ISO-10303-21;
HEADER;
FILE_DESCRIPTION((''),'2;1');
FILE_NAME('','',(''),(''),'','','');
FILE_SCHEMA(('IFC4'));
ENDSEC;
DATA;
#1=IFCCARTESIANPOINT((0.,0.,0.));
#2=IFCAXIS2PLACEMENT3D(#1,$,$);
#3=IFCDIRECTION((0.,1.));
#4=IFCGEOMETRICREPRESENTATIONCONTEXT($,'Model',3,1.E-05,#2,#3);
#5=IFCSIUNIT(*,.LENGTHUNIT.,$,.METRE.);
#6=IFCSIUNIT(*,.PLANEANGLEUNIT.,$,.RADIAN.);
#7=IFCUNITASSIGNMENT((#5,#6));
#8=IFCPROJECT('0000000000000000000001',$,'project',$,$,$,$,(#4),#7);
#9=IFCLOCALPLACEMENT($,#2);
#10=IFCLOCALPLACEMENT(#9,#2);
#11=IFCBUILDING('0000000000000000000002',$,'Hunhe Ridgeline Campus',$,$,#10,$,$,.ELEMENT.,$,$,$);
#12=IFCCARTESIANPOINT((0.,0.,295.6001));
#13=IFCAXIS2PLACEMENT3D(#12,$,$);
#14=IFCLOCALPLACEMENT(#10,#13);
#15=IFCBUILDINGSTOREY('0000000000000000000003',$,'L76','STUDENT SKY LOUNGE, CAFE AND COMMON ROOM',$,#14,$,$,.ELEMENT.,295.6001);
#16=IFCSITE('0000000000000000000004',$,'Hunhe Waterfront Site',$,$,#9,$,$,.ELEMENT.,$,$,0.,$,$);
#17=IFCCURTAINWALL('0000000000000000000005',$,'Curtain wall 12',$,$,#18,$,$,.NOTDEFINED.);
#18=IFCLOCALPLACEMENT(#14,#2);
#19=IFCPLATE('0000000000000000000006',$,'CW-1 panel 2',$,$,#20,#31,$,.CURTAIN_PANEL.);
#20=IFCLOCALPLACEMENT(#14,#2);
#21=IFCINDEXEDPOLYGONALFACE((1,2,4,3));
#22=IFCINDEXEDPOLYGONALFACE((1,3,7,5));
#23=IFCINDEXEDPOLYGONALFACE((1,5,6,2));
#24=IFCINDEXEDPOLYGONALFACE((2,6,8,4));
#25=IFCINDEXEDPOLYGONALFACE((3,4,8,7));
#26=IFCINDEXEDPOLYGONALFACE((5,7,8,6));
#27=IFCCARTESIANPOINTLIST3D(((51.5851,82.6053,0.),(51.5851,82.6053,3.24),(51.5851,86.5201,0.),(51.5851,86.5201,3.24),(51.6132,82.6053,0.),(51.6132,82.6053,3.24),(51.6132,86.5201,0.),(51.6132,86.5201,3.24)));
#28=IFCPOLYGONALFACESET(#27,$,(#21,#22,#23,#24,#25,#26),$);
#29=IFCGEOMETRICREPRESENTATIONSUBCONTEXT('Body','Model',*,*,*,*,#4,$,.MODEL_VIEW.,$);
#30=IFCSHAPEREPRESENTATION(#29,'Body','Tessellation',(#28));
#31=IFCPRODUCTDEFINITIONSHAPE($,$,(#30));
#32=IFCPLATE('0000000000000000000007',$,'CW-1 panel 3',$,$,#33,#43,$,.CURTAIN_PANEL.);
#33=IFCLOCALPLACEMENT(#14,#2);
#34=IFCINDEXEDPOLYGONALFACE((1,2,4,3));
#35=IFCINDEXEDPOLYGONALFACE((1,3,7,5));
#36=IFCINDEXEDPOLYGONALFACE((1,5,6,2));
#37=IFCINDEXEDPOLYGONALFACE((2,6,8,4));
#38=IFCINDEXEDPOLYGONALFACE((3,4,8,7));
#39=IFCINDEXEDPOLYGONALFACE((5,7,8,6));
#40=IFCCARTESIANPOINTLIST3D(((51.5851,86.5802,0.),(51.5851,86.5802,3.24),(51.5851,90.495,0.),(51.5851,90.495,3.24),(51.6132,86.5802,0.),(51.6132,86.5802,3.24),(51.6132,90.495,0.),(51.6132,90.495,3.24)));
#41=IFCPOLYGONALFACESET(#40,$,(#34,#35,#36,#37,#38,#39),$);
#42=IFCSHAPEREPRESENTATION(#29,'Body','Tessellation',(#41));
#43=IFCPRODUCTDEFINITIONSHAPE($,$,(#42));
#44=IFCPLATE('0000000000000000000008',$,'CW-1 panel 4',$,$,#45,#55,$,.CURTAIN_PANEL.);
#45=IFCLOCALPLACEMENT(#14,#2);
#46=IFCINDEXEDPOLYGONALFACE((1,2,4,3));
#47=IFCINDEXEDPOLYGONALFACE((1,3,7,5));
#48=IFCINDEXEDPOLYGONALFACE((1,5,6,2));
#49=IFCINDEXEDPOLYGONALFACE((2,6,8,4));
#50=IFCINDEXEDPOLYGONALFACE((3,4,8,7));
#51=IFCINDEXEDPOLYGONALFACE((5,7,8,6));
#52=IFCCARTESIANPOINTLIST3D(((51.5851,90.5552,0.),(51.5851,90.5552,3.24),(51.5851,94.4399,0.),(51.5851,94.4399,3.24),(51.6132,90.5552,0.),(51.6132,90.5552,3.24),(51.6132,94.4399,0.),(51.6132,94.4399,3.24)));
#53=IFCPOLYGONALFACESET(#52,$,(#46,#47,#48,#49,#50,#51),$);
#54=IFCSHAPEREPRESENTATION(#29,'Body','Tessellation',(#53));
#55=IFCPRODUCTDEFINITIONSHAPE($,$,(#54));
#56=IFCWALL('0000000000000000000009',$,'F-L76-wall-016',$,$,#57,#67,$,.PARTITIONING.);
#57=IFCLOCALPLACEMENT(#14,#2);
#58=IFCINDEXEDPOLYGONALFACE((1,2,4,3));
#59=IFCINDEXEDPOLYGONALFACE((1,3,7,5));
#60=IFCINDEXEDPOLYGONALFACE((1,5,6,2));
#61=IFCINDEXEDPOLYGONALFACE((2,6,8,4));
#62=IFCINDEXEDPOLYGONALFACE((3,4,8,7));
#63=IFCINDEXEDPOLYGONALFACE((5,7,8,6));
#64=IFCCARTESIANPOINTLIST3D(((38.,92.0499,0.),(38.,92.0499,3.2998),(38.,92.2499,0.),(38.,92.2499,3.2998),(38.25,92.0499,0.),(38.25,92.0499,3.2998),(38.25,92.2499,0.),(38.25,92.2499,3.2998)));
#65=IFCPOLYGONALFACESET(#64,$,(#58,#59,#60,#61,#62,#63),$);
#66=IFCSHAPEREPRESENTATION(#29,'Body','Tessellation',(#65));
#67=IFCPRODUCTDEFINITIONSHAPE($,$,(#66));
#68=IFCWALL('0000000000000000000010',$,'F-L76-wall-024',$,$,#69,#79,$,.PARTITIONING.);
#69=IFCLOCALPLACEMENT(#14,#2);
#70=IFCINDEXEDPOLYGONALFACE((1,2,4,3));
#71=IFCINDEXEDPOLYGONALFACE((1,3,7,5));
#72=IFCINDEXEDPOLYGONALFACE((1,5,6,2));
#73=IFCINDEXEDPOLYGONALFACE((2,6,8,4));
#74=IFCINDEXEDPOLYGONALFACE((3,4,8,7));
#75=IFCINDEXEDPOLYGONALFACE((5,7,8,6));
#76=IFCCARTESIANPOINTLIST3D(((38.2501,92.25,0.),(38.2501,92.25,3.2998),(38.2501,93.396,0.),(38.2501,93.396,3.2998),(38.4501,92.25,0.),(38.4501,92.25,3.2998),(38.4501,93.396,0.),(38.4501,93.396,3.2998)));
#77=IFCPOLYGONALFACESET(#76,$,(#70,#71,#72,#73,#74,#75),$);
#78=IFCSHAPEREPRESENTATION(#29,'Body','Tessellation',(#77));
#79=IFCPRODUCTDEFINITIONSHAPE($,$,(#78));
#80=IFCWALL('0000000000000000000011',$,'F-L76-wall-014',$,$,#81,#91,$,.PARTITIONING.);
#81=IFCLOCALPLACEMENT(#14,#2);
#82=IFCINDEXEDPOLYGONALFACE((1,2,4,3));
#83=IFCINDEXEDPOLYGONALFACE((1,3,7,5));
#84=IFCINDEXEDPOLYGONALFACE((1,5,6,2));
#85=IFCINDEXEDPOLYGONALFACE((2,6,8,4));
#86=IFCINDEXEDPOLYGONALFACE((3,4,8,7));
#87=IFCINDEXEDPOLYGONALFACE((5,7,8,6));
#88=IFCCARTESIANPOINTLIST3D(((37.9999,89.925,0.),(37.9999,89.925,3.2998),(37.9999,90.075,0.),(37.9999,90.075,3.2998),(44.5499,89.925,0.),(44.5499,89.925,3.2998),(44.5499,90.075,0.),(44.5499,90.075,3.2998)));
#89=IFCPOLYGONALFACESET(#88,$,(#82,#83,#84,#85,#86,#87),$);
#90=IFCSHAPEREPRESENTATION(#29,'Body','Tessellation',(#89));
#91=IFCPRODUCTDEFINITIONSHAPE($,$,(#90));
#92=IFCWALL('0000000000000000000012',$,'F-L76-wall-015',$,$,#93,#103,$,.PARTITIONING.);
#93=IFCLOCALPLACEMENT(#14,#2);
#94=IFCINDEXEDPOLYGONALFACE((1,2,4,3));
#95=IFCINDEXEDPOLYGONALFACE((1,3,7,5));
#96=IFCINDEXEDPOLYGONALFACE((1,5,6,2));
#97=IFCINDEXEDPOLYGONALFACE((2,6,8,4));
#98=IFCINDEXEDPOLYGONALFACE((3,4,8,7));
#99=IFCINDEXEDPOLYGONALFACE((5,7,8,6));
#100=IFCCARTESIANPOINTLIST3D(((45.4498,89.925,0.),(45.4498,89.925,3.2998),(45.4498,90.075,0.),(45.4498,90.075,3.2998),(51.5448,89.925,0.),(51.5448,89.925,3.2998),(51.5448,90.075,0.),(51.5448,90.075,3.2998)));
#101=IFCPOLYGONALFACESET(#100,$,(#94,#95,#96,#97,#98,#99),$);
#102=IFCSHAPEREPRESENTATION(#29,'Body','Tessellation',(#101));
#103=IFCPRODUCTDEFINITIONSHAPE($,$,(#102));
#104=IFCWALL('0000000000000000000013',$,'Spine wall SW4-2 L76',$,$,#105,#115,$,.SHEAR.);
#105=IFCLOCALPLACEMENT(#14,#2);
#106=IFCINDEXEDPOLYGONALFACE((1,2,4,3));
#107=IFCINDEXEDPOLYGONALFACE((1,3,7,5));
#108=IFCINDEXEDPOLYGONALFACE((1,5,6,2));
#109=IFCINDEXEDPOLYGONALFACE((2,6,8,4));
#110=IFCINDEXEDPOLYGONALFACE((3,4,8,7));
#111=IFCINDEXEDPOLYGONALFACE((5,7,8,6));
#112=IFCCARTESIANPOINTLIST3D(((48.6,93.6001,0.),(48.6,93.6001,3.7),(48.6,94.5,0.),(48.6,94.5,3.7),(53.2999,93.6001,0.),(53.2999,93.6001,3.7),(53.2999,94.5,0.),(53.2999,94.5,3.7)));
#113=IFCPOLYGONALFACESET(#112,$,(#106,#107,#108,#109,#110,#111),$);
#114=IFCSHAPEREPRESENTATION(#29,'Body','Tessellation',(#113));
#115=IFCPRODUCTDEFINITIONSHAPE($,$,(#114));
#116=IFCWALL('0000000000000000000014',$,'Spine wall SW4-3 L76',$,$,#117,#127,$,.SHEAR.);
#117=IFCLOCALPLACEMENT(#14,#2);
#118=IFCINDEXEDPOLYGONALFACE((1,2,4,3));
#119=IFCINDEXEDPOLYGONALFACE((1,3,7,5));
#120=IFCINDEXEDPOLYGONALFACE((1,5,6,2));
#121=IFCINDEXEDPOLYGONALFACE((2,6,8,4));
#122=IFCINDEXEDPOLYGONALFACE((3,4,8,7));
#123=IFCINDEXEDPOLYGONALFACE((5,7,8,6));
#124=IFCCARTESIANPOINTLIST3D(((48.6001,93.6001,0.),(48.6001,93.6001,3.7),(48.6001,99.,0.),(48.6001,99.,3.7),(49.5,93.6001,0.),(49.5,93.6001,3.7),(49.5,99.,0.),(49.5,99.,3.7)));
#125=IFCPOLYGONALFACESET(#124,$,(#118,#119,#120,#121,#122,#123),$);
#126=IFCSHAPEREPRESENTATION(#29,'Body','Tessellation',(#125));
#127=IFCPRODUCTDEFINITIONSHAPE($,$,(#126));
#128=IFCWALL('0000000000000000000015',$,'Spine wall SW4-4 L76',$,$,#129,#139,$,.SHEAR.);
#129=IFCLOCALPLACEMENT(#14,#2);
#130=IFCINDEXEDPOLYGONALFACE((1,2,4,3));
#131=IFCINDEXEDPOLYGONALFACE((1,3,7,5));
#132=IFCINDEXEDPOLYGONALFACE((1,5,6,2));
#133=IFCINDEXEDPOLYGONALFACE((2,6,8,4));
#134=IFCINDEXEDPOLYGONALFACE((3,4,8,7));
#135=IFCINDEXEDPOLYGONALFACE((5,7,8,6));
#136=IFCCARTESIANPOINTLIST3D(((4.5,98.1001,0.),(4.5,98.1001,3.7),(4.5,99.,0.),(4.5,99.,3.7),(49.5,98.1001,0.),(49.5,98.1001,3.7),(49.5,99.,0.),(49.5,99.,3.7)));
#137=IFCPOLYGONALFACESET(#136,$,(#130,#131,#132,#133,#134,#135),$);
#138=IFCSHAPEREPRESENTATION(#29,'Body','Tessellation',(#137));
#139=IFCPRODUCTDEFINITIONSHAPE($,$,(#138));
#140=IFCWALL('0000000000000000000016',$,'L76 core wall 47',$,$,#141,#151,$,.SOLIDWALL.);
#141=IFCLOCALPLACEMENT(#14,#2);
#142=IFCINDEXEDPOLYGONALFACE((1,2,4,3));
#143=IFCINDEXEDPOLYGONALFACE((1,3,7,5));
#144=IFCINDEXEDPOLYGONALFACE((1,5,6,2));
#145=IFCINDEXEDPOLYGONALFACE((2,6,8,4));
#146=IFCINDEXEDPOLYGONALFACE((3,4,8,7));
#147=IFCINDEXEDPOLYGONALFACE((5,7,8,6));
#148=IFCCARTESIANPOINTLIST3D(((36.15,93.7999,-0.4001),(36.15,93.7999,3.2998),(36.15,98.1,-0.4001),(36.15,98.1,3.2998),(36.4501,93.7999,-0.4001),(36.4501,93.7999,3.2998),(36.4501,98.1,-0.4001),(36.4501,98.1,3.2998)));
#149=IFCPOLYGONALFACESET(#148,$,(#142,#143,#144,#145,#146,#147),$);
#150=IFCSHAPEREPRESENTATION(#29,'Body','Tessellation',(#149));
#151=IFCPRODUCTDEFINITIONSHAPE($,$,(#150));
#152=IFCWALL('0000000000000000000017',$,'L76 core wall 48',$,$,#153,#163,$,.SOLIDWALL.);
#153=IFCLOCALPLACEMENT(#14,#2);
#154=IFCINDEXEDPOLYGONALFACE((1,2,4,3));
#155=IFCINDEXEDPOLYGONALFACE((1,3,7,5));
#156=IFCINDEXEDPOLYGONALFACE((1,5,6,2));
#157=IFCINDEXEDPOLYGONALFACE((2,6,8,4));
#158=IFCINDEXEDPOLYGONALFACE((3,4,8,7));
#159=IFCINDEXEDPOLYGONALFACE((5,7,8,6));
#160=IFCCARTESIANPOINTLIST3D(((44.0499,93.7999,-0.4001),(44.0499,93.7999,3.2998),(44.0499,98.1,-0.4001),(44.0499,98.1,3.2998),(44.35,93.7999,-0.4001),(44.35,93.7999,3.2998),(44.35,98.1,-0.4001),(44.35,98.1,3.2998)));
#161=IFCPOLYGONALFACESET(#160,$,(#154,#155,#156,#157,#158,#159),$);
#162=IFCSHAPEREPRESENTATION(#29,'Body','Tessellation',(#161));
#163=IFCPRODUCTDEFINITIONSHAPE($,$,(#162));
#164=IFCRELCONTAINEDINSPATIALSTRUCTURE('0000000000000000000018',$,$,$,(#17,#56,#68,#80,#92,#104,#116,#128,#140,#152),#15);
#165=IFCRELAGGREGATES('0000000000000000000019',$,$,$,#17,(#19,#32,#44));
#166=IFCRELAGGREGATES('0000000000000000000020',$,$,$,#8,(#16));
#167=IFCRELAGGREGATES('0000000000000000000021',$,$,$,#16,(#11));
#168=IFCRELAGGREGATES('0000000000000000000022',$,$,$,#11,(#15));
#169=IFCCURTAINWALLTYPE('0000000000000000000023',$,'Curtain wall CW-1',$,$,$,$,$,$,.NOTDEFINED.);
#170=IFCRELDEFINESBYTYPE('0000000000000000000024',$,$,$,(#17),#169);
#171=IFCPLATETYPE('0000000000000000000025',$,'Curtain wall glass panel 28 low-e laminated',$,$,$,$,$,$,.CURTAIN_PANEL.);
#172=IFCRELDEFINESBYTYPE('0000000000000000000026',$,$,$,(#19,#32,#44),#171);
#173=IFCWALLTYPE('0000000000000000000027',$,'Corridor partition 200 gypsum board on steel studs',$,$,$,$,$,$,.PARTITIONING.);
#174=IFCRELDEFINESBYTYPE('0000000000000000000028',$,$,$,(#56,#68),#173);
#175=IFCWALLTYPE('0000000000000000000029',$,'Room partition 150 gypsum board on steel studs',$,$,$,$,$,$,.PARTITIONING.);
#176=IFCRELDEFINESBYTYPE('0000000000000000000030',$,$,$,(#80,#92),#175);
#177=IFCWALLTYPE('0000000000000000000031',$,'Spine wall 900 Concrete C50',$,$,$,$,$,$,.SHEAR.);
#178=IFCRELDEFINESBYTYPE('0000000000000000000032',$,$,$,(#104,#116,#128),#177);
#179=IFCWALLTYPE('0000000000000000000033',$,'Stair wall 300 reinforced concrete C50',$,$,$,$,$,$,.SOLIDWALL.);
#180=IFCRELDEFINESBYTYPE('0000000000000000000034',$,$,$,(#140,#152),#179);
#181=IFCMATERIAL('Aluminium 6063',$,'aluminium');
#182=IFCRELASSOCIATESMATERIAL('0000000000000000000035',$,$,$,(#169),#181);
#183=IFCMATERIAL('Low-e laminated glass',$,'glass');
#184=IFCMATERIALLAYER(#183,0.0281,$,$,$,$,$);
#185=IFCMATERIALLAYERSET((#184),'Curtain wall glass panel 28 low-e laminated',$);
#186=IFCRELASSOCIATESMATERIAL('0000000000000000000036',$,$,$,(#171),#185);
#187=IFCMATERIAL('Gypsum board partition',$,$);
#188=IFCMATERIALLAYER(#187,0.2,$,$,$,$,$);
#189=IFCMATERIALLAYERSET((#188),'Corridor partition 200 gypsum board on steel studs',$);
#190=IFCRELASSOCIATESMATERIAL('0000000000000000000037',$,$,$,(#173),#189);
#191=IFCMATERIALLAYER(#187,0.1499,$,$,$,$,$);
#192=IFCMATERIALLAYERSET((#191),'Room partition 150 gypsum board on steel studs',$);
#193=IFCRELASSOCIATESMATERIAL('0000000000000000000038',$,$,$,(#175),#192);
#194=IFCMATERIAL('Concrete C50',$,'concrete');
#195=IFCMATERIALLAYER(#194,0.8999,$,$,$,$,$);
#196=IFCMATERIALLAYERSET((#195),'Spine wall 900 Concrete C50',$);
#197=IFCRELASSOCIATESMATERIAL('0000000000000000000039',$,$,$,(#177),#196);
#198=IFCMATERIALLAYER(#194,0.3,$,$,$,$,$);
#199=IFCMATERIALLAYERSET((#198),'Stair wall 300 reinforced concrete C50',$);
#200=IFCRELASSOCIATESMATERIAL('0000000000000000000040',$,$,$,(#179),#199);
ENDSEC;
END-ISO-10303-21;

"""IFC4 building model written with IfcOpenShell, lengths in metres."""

from ifc_helpers import new_model, si_unit, direction, frame, frame_2d, origin, origin_2d, place, context, subcontext, project, spatial, rectangle, extrude, material, layer, layer_set, type_object, element, aggregate, save


model = new_model("IFC4")

# Units and contexts
model_context = context("Model", 3, precision=1e-05, world=origin(), true_north=direction((0.0, 1.0)))
body_context = subcontext(model_context, "Body", "Model", "MODEL_VIEW")
ifc_project = project(units=[si_unit("LENGTHUNIT", "METRE"), si_unit("PLANEANGLEUNIT", "RADIAN")], contexts=[model_context])

# Site, building, storey
site_placement = place(None, origin())
site = spatial("IfcSite", under=ifc_project, at=site_placement, Name="Hunhe Waterfront Site", CompositionType="ELEMENT", RefElevation=0.0)
building_placement = place(site_placement, origin())
building = spatial("IfcBuilding", under=site, at=building_placement, Name="Hunhe Ridgeline Campus", CompositionType="ELEMENT")
storey_placement = place(building_placement, frame((0.0, 0.0, 295.6001)))
storey = spatial("IfcBuildingStorey", under=building, at=storey_placement, Name="L76", Description="STUDENT SKY LOUNGE, CAFE AND COMMON ROOM", CompositionType="ELEMENT", Elevation=295.6001)

# Shared definitions
ifc_material_1 = material(Name="Concrete C50", Category="concrete")

# Curtain wall
ifc_material_2 = material(Name="Aluminium 6063", Category="aluminium")
curtain_wall_type = type_object("IfcCurtainWallType", Name="Curtain wall CW-1", PredefinedType="NOTDEFINED", material=ifc_material_2)
curtain_wall_placement = place(storey_placement, origin())
curtain_wall = element("IfcCurtainWall", 1, at=curtain_wall_placement, inside=storey, type_object=curtain_wall_type, Name="Curtain wall 12", PredefinedType="NOTDEFINED")

# Plates
ifc_material_3 = material(Name="Low-e laminated glass", Category="glass")
ifc_layer_1 = layer(ifc_material_3, 0.0281)
ifc_layer_set_1 = layer_set([ifc_layer_1], Name="Curtain wall glass panel 28 low-e laminated")
plate_type = type_object("IfcPlateType", Name="Curtain wall glass panel 28 low-e laminated", PredefinedType="CURTAIN_PANEL", material=ifc_layer_set_1)
plate_1_placement = place(storey_placement, frame((51.5991, 84.5627, 0.0), z_axis=(0.0, 0.0, 1.0), x_axis=(0.0, 1.0, 0.0)))
plate_1 = element("IfcPlate", 2, at=plate_1_placement, type_object=plate_type, Name="CW-1 panel 2", PredefinedType="CURTAIN_PANEL", context=body_context, shape_type="SweptSolid", body=[
    extrude(rectangle(XDim=3.9148, YDim=0.0281, at=origin_2d()), origin(), (0.0, 0.0, 1.0), 3.24),
])
plate_2_placement = place(storey_placement, frame((51.5991, 88.5376, 0.0), z_axis=(0.0, 0.0, 1.0), x_axis=(0.0, 1.0, 0.0)))
plate_2 = element("IfcPlate", 3, at=plate_2_placement, type_object=plate_type, Name="CW-1 panel 3", PredefinedType="CURTAIN_PANEL", context=body_context, shape_type="SweptSolid", body=[
    extrude(rectangle(XDim=3.9148, YDim=0.0281, at=origin_2d()), origin(), (0.0, 0.0, 1.0), 3.24),
])
plate_3_placement = place(storey_placement, frame((51.5991, 92.4976, 0.0), z_axis=(0.0, 0.0, 1.0), x_axis=(0.0, 1.0, 0.0)))
plate_3 = element("IfcPlate", 4, at=plate_3_placement, type_object=plate_type, Name="CW-1 panel 4", PredefinedType="CURTAIN_PANEL", context=body_context, shape_type="SweptSolid", body=[
    extrude(rectangle(XDim=3.8848, YDim=0.0281, at=origin_2d()), origin(), (0.0, 0.0, 1.0), 3.24),
])
aggregate(curtain_wall, [plate_1, plate_2, plate_3])

# Wall
ifc_material_4 = material(Name="Gypsum board partition")
ifc_layer_2 = layer(ifc_material_4, 0.2)
ifc_layer_set_2 = layer_set([ifc_layer_2], Name="Corridor partition 200 gypsum board on steel studs")
wall_type_1 = type_object("IfcWallType", Name="Corridor partition 200 gypsum board on steel studs", PredefinedType="PARTITIONING", material=ifc_layer_set_2)
wall_1_placement = place(storey_placement, frame((38.25, 92.1499, 0.0), z_axis=(0.0, 0.0, 1.0), x_axis=(-1.0, 0.0, 0.0)))
element("IfcWall", 5, at=wall_1_placement, inside=storey, type_object=wall_type_1, Name="F-L76-wall-016", PredefinedType="PARTITIONING", context=body_context, shape_type="SweptSolid", body=[
    extrude(rectangle(XDim=0.25, YDim=0.2, at=frame_2d((0.125, 0.0))), origin(), (0.0, 0.0, 1.0), 3.2998),
])

# Walls
wall_2_placement = place(storey_placement, frame((38.3501, 93.396, 0.0), z_axis=(0.0, 0.0, 1.0), x_axis=(0.0, -1.0, 0.0)))
element("IfcWall", 6, at=wall_2_placement, inside=storey, type_object=wall_type_1, Name="F-L76-wall-024", PredefinedType="PARTITIONING", context=body_context, shape_type="SweptSolid", body=[
    extrude(rectangle(XDim=1.146, YDim=0.2, at=frame_2d((0.573, 0.0))), origin(), (0.0, 0.0, 1.0), 3.2998),
])
ifc_layer_3 = layer(ifc_material_4, 0.1499)
ifc_layer_set_3 = layer_set([ifc_layer_3], Name="Room partition 150 gypsum board on steel studs")
wall_type_2 = type_object("IfcWallType", Name="Room partition 150 gypsum board on steel studs", PredefinedType="PARTITIONING", material=ifc_layer_set_3)
wall_3_placement = place(storey_placement, frame((38.0, 90.0, 0.0), z_axis=(0.0, 0.0, 1.0), x_axis=(1.0, 0.0, 0.0)))
element("IfcWall", 7, at=wall_3_placement, inside=storey, type_object=wall_type_2, Name="F-L76-wall-014", PredefinedType="PARTITIONING", context=body_context, shape_type="SweptSolid", body=[
    extrude(rectangle(XDim=6.55, YDim=0.1499, at=frame_2d((3.2749, 0.0))), origin(), (0.0, 0.0, 1.0), 3.2998),
])
wall_4_placement = place(storey_placement, frame((45.45, 90.0, 0.0), z_axis=(0.0, 0.0, 1.0), x_axis=(1.0, 0.0, 0.0)))
element("IfcWall", 8, at=wall_4_placement, inside=storey, type_object=wall_type_2, Name="F-L76-wall-015", PredefinedType="PARTITIONING", context=body_context, shape_type="SweptSolid", body=[
    extrude(rectangle(XDim=6.095, YDim=0.1499, at=frame_2d((3.0474, 0.0))), origin(), (0.0, 0.0, 1.0), 3.2998),
])
ifc_layer_4 = layer(ifc_material_1, 0.8999)
ifc_layer_set_4 = layer_set([ifc_layer_4], Name="Spine wall 900 Concrete C50")
wall_type_3 = type_object("IfcWallType", Name="Spine wall 900 Concrete C50", PredefinedType="SHEAR", material=ifc_layer_set_4)
wall_5_placement = place(storey_placement, frame((53.3, 94.05, 0.0), z_axis=(0.0, 0.0, 1.0), x_axis=(-1.0, 0.0, 0.0)))
element("IfcWall", 9, at=wall_5_placement, inside=storey, type_object=wall_type_3, Name="Spine wall SW4-2 L76", PredefinedType="SHEAR", context=body_context, shape_type="SweptSolid", body=[
    extrude(rectangle(XDim=4.7, YDim=0.8999, at=frame_2d((2.3501, 0.0))), origin(), (0.0, 0.0, 1.0), 3.7),
])
wall_6_placement = place(storey_placement, frame((49.05, 93.6001, 0.0), z_axis=(0.0, 0.0, 1.0), x_axis=(0.0, 1.0, 0.0)))
element("IfcWall", 10, at=wall_6_placement, inside=storey, type_object=wall_type_3, Name="Spine wall SW4-3 L76", PredefinedType="SHEAR", context=body_context, shape_type="SweptSolid", body=[
    extrude(rectangle(XDim=5.3999, YDim=0.8999, at=frame_2d((2.7, 0.0))), origin(), (0.0, 0.0, 1.0), 3.7),
])
wall_7_placement = place(storey_placement, frame((49.5, 98.55, 0.0), z_axis=(0.0, 0.0, 1.0), x_axis=(-1.0, 0.0, 0.0)))
element("IfcWall", 11, at=wall_7_placement, inside=storey, type_object=wall_type_3, Name="Spine wall SW4-4 L76", PredefinedType="SHEAR", context=body_context, shape_type="SweptSolid", body=[
    extrude(rectangle(XDim=45.0, YDim=0.8999, at=frame_2d((22.5, 0.0))), origin(), (0.0, 0.0, 1.0), 3.7),
])

# Shared definitions
ifc_layer_5 = layer(ifc_material_1, 0.3)
ifc_layer_set_5 = layer_set([ifc_layer_5], Name="Stair wall 300 reinforced concrete C50")
wall_type_4 = type_object("IfcWallType", Name="Stair wall 300 reinforced concrete C50", PredefinedType="SOLIDWALL", material=ifc_layer_set_5)

# Walls
for number, where, z_axis, x_axis, name in (
    (12, (36.3, 93.8, -0.4001), (0.0, 0.0, 1.0), (0.0, 1.0, 0.0), "L76 core wall 47"),
    (13, (44.2, 93.8, -0.4001), (0.0, 0.0, 1.0), (0.0, 1.0, 0.0), "L76 core wall 48"),
):
    element("IfcWall", number, at=place(storey_placement, frame(where, z_axis=z_axis, x_axis=x_axis)), inside=storey, type_object=wall_type_4, Name=name, PredefinedType="SOLIDWALL", context=body_context, shape_type="SweptSolid", body=[
        extrude(rectangle(XDim=4.3, YDim=0.3, at=frame_2d((2.1499, 0.0))), origin(), (0.0, 0.0, 1.0), 3.7),
    ])

save(model, "model.ifc")
